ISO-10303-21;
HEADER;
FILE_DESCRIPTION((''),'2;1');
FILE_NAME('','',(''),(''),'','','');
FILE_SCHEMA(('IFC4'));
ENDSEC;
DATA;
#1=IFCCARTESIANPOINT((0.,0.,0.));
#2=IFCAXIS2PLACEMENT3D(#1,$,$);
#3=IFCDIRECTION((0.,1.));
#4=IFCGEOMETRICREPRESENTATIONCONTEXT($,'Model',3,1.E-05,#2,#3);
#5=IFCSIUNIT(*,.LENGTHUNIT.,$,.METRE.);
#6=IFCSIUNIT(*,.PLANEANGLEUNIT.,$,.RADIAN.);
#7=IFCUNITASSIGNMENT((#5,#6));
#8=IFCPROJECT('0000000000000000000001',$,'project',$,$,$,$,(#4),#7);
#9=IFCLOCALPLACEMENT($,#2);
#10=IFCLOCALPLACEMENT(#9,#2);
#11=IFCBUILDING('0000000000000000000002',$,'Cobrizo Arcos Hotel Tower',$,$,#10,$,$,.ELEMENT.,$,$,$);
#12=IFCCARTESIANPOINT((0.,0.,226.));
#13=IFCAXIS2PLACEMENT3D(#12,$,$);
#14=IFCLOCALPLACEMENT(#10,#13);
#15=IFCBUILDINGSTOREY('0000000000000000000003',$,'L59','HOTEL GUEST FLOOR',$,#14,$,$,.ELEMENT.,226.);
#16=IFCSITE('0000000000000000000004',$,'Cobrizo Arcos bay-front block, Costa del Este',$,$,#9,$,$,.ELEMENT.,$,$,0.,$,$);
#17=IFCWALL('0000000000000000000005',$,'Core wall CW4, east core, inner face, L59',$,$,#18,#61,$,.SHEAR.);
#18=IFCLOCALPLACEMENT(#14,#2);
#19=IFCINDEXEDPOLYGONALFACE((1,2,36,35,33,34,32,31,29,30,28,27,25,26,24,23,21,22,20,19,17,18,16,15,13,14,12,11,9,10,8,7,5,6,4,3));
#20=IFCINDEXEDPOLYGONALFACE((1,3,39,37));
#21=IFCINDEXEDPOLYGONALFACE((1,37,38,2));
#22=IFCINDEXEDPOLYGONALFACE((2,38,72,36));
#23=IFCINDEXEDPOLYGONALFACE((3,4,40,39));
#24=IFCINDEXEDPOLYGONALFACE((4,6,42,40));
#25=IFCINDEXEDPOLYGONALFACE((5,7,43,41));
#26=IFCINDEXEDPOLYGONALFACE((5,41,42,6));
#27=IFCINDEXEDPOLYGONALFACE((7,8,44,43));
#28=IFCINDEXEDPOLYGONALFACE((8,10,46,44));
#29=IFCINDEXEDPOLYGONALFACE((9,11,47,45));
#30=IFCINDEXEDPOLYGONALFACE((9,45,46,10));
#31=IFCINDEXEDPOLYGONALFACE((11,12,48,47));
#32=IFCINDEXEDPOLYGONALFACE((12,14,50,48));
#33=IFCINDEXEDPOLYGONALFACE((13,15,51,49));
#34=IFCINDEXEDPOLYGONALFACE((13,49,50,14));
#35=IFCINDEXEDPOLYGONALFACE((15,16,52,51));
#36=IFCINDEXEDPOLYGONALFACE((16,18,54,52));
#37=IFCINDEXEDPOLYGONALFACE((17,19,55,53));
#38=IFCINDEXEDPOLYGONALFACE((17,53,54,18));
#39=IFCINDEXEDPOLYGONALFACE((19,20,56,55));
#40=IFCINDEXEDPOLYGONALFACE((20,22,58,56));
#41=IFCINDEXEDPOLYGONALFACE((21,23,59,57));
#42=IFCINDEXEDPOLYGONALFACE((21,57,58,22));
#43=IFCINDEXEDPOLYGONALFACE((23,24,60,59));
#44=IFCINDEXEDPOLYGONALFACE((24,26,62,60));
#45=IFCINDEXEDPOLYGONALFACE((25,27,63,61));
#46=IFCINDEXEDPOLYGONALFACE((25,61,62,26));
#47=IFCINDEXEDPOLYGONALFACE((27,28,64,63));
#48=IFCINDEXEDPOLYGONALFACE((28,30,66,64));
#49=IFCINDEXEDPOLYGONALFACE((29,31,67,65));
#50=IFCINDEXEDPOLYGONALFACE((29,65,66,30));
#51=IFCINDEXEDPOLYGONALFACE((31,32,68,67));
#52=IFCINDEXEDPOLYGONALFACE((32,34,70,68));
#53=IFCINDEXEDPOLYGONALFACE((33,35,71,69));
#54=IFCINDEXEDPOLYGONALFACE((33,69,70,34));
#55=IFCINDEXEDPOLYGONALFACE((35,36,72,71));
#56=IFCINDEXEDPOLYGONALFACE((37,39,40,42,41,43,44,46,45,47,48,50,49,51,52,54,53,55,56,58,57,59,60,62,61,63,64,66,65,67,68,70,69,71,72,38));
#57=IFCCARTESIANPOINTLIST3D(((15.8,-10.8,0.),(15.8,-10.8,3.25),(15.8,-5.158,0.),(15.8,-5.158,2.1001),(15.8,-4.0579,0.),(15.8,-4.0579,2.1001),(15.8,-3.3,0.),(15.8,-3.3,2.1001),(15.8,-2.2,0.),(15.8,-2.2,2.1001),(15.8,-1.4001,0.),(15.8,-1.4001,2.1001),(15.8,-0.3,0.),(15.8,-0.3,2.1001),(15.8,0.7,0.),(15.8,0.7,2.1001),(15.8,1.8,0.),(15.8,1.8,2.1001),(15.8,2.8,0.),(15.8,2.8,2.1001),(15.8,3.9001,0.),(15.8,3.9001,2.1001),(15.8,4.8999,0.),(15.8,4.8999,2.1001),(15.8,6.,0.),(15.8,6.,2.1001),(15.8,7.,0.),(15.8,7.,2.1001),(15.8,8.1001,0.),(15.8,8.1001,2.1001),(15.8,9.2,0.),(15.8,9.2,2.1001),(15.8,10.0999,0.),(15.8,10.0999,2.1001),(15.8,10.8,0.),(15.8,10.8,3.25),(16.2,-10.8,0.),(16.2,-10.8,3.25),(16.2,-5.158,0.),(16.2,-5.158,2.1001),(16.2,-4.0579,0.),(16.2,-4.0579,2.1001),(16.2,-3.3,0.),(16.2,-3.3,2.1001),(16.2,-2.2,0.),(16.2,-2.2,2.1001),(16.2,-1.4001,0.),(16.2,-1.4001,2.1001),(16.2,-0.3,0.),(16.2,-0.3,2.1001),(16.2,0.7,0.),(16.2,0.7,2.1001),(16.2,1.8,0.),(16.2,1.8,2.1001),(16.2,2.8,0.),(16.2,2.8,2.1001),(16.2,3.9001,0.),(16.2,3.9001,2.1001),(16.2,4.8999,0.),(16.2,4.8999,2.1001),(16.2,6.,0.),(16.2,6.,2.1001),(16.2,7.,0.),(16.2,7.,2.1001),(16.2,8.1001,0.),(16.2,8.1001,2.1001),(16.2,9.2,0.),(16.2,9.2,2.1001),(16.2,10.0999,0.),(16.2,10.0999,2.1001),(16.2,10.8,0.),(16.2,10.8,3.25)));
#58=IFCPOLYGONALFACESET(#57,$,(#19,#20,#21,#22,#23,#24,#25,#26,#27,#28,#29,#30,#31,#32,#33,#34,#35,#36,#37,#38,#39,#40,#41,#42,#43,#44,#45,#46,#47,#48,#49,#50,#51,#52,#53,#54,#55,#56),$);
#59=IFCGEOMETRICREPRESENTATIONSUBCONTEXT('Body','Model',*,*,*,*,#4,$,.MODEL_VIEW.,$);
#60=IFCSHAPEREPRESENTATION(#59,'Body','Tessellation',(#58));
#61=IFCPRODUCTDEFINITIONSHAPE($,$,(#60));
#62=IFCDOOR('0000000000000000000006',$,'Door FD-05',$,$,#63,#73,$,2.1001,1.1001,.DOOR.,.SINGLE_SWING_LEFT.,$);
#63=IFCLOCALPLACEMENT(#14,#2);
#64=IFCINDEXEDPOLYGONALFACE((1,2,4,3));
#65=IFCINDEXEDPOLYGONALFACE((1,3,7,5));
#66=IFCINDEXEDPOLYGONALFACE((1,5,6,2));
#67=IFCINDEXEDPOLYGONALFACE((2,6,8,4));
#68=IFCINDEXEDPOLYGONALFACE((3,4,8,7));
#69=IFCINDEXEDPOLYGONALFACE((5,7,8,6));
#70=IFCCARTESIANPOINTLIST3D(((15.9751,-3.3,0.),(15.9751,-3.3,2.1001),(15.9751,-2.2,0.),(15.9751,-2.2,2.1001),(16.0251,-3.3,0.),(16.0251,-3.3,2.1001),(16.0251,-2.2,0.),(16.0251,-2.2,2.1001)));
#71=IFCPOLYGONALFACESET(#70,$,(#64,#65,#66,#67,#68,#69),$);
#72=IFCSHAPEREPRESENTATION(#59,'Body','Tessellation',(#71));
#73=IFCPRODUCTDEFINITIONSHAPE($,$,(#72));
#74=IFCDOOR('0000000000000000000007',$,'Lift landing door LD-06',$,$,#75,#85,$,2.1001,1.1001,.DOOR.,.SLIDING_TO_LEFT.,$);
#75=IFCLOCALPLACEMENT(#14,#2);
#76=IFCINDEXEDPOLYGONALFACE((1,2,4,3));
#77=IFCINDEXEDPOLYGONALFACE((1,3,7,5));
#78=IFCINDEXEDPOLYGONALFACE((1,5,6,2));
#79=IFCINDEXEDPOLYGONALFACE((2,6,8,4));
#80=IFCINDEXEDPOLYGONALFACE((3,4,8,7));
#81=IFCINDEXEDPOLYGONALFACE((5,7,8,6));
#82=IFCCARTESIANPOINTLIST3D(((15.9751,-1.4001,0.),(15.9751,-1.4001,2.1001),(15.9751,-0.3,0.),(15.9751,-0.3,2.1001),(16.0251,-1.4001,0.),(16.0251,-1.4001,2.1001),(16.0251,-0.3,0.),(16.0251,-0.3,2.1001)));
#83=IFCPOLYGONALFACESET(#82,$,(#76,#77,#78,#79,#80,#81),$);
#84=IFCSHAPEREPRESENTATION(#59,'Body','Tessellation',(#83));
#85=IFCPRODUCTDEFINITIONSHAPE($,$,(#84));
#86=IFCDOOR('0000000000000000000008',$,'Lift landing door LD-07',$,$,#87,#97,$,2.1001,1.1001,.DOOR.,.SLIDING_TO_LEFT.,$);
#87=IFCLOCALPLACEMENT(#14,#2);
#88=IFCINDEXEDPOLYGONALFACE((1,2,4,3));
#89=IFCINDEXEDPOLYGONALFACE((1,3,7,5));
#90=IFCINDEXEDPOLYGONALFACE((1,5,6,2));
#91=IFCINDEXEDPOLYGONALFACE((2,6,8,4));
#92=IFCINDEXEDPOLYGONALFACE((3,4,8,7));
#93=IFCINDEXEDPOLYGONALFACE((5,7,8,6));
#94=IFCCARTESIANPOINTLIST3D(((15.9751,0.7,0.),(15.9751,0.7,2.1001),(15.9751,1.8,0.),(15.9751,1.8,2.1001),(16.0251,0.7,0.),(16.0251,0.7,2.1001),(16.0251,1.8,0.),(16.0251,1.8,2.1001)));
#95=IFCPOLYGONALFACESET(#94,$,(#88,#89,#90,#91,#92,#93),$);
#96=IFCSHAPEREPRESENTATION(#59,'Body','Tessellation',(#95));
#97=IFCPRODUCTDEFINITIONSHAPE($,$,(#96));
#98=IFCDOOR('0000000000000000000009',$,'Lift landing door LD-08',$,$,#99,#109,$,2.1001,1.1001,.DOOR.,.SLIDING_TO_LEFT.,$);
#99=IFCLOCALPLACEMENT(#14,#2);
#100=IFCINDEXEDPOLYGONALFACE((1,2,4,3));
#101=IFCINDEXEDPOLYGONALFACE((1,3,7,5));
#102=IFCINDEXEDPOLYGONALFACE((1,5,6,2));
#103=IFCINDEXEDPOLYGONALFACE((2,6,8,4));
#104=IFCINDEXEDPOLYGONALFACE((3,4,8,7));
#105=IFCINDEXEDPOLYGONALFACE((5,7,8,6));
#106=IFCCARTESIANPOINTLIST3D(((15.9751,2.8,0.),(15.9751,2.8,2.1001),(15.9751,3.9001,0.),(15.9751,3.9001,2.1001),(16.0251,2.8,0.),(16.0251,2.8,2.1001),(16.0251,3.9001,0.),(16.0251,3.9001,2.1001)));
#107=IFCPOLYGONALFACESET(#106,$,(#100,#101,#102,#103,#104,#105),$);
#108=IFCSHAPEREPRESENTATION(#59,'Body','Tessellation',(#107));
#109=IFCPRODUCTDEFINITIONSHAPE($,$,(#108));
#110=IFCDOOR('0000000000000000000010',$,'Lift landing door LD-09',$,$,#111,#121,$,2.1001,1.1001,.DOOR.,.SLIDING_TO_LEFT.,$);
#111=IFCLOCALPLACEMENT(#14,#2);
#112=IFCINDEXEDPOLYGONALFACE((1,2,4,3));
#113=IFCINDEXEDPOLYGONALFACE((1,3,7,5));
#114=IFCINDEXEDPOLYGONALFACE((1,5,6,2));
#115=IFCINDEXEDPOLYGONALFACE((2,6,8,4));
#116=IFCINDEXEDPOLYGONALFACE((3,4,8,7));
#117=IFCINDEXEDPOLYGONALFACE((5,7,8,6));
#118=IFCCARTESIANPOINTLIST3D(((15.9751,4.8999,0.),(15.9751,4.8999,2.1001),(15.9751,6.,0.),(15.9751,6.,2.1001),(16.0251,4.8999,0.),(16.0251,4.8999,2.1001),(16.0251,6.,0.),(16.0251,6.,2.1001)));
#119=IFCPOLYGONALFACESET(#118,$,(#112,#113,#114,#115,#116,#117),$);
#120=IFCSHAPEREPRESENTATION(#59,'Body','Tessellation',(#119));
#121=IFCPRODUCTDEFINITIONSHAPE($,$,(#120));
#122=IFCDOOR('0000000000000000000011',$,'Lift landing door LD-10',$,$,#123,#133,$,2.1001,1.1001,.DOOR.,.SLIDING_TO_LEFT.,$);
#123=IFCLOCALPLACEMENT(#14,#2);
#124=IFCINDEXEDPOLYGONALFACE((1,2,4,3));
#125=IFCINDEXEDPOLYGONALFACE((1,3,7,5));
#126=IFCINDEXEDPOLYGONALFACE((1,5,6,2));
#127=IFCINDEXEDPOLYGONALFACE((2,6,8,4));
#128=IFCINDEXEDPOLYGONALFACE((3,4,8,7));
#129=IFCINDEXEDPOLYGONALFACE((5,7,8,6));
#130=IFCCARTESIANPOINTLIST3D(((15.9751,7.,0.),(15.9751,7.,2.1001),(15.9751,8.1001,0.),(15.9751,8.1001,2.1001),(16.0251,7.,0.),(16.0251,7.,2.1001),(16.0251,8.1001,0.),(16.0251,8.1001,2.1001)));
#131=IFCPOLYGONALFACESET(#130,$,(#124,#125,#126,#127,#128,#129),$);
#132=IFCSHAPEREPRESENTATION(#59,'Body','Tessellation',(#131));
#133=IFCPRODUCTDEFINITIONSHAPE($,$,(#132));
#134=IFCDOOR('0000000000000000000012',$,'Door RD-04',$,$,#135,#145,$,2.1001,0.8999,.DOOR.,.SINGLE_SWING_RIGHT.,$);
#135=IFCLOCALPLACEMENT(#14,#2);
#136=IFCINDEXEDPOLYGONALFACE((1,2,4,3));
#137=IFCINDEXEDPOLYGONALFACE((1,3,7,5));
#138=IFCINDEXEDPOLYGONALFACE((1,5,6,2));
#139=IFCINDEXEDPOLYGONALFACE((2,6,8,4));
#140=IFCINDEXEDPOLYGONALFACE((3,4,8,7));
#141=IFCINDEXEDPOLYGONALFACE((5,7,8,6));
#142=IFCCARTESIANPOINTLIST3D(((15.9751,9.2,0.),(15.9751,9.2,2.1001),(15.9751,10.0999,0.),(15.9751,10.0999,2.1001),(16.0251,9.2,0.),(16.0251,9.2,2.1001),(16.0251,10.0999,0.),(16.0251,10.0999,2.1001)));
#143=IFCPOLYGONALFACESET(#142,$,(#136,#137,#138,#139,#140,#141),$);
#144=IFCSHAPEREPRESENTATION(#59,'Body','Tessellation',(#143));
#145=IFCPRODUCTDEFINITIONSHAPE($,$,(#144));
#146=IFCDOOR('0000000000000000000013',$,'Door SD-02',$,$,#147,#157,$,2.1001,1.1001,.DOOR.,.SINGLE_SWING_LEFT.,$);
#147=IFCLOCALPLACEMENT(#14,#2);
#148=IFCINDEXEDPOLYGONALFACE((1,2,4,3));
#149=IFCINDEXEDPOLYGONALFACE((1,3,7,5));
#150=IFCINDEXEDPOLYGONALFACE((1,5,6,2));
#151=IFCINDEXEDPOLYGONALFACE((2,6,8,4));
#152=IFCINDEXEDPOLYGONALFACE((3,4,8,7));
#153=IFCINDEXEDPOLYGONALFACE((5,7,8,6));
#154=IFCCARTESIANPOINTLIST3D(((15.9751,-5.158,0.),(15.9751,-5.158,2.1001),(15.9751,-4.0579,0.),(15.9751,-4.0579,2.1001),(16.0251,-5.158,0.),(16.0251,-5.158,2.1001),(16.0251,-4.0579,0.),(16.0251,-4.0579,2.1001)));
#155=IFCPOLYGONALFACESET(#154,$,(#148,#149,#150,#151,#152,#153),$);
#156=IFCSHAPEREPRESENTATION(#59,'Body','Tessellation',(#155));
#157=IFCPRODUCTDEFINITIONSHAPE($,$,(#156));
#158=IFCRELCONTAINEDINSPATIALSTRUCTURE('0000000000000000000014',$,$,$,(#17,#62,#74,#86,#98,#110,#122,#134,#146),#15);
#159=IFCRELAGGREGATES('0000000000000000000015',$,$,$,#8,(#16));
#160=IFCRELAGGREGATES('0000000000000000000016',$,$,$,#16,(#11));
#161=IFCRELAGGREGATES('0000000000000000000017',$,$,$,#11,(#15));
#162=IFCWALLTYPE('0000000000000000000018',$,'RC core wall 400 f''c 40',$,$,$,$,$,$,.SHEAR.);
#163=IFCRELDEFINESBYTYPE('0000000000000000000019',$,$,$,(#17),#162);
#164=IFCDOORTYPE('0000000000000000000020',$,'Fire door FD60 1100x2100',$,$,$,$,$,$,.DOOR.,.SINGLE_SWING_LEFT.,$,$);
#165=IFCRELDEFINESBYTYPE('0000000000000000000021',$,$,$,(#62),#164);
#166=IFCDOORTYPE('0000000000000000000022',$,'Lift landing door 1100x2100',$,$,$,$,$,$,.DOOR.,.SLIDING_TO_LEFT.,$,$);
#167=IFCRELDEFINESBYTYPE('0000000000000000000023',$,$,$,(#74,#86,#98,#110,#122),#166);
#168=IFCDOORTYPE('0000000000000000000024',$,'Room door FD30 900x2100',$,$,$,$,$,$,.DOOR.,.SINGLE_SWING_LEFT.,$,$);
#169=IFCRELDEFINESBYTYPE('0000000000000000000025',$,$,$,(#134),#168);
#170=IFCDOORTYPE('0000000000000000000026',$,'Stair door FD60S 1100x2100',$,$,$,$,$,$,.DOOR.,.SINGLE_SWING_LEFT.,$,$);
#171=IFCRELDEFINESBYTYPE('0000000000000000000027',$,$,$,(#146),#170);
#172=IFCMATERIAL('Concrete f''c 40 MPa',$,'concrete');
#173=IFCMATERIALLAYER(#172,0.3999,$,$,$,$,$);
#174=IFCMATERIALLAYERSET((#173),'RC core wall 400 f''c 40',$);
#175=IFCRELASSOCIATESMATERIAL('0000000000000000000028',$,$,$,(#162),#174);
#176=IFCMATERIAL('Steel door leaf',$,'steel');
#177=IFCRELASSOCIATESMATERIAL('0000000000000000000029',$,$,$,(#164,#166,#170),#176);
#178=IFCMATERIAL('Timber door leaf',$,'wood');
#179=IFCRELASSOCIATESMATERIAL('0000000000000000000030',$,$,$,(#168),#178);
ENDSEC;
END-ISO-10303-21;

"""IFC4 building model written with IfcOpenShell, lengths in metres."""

from ifc_helpers import new_model, si_unit, direction, frame, frame_2d, origin, place, context, subcontext, project, spatial, rectangle, extrude, material, layer, layer_set, type_object, element, fill, save


model = new_model("IFC4")

# Units and contexts
model_context = context("Model", 3, precision=1e-05, world=origin(), true_north=direction((0.0, 1.0)))
body_context = subcontext(model_context, "Body", "Model", "MODEL_VIEW")
ifc_project = project(units=[si_unit("LENGTHUNIT", "METRE"), si_unit("PLANEANGLEUNIT", "RADIAN")], contexts=[model_context])

# Site, building, storey
site_placement = place(None, origin())
site = spatial("IfcSite", under=ifc_project, at=site_placement, Name="Cobrizo Arcos bay-front block, Costa del Este", CompositionType="ELEMENT", RefElevation=0.0)
building_placement = place(site_placement, origin())
building = spatial("IfcBuilding", under=site, at=building_placement, Name="Cobrizo Arcos Hotel Tower", CompositionType="ELEMENT")
storey_placement = place(building_placement, frame((0.0, 0.0, 226.0)))
storey = spatial("IfcBuildingStorey", under=building, at=storey_placement, Name="L59", Description="HOTEL GUEST FLOOR", CompositionType="ELEMENT", Elevation=226.0)

# Wall, openings, doors
ifc_material_1 = material(Name="Concrete f'c 40 MPa", Category="concrete")
ifc_layer_1 = layer(ifc_material_1, 0.3999)
ifc_layer_set_1 = layer_set([ifc_layer_1], Name="RC core wall 400 f'c 40")
wall_type_1 = type_object("IfcWallType", Name="RC core wall 400 f'c 40", PredefinedType="SHEAR", material=ifc_layer_set_1)
wall_1_placement = place(storey_placement, frame((16.0, -10.8, 0.0), z_axis=(0.0, 0.0, 1.0), x_axis=(0.0, 1.0, 0.0)))
wall_1 = element("IfcWall", 1, at=wall_1_placement, inside=storey, type_object=wall_type_1, Name="Core wall CW4, east core, inner face, L59", PredefinedType="SHEAR", context=body_context, shape_type="SweptSolid", body=[
    extrude(rectangle(XDim=21.6001, YDim=0.3999, at=frame_2d((10.8, 0.0))), origin(), (0.0, 0.0, 1.0), 3.25),
])
opening_1_placement = place(wall_1_placement, frame((9.3999, 0.0, 0.0)))
opening_1 = element("IfcOpeningElement", 2, at=opening_1_placement, cuts=wall_1, PredefinedType="OPENING", context=body_context, shape_type="SweptSolid", body=[
    extrude(rectangle(XDim=1.1001, YDim=2.1001, at=frame_2d((0.55, 1.05))), frame((0.0, 0.2119, 0.0), z_axis=(0.0, -1.0, 0.0), x_axis=(1.0, 0.0, 0.0)), (0.0, 0.0, 1.0), 0.4238),
])
opening_2_placement = place(wall_1_placement, frame((11.5, 0.0, 0.0)))
opening_2 = element("IfcOpeningElement", 3, at=opening_2_placement, cuts=wall_1, PredefinedType="OPENING", context=body_context, shape_type="SweptSolid", body=[
    extrude(rectangle(XDim=1.1001, YDim=2.1001, at=frame_2d((0.55, 1.05))), frame((0.0, 0.2119, 0.0), z_axis=(0.0, -1.0, 0.0), x_axis=(1.0, 0.0, 0.0)), (0.0, 0.0, 1.0), 0.4238),
])
opening_3_placement = place(wall_1_placement, frame((13.6001, 0.0, 0.0)))
opening_3 = element("IfcOpeningElement", 4, at=opening_3_placement, cuts=wall_1, PredefinedType="OPENING", context=body_context, shape_type="SweptSolid", body=[
    extrude(rectangle(XDim=1.1001, YDim=2.1001, at=frame_2d((0.55, 1.05))), frame((0.0, 0.2119, 0.0), z_axis=(0.0, -1.0, 0.0), x_axis=(1.0, 0.0, 0.0)), (0.0, 0.0, 1.0), 0.4238),
])
opening_4_placement = place(wall_1_placement, frame((15.7, 0.0, 0.0)))
opening_4 = element("IfcOpeningElement", 5, at=opening_4_placement, cuts=wall_1, PredefinedType="OPENING", context=body_context, shape_type="SweptSolid", body=[
    extrude(rectangle(XDim=1.1001, YDim=2.1001, at=frame_2d((0.55, 1.05))), frame((0.0, 0.2119, 0.0), z_axis=(0.0, -1.0, 0.0), x_axis=(1.0, 0.0, 0.0)), (0.0, 0.0, 1.0), 0.4238),
])
opening_5_placement = place(wall_1_placement, frame((17.8, 0.0, 0.0)))
opening_5 = element("IfcOpeningElement", 6, at=opening_5_placement, cuts=wall_1, PredefinedType="OPENING", context=body_context, shape_type="SweptSolid", body=[
    extrude(rectangle(XDim=1.1001, YDim=2.1001, at=frame_2d((0.55, 1.05))), frame((0.0, 0.2119, 0.0), z_axis=(0.0, -1.0, 0.0), x_axis=(1.0, 0.0, 0.0)), (0.0, 0.0, 1.0), 0.4238),
])
opening_6_placement = place(wall_1_placement, frame((5.6421, 0.0, 0.0)))
opening_6 = element("IfcOpeningElement", 7, at=opening_6_placement, cuts=wall_1, PredefinedType="OPENING", context=body_context, shape_type="SweptSolid", body=[
    extrude(rectangle(XDim=1.1001, YDim=2.1001, at=frame_2d((0.55, 1.05))), frame((0.0, 0.2119, 0.0), z_axis=(0.0, -1.0, 0.0), x_axis=(1.0, 0.0, 0.0)), (0.0, 0.0, 1.0), 0.4238),
])
opening_7_placement = place(wall_1_placement, frame((7.5, 0.0, 0.0)))
opening_7 = element("IfcOpeningElement", 8, at=opening_7_placement, cuts=wall_1, PredefinedType="OPENING", context=body_context, shape_type="SweptSolid", body=[
    extrude(rectangle(XDim=1.1001, YDim=2.1001, at=frame_2d((0.55, 1.05))), frame((0.0, 0.2119, 0.0), z_axis=(0.0, -1.0, 0.0), x_axis=(1.0, 0.0, 0.0)), (0.0, 0.0, 1.0), 0.4238),
])
opening_8_placement = place(wall_1_placement, frame((20.0, 0.0, 0.0)))
opening_8 = element("IfcOpeningElement", 9, at=opening_8_placement, cuts=wall_1, PredefinedType="OPENING", context=body_context, shape_type="SweptSolid", body=[
    extrude(rectangle(XDim=0.8999, YDim=2.1001, at=frame_2d((0.45, 1.05))), frame((0.0, 0.2119, 0.0), z_axis=(0.0, -1.0, 0.0), x_axis=(1.0, 0.0, 0.0)), (0.0, 0.0, 1.0), 0.4238),
])
ifc_material_2 = material(Name="Steel door leaf", Category="steel")
door_type_1 = type_object("IfcDoorType", Name="Fire door FD60 1100x2100", OperationType="SINGLE_SWING_LEFT", PredefinedType="DOOR", material=ifc_material_2)
door_1_placement = place(opening_7_placement, origin())
door_1 = element("IfcDoor", 10, at=door_1_placement, inside=storey, type_object=door_type_1, Name="Door FD-05", OperationType="SINGLE_SWING_LEFT", OverallHeight=2.1001, OverallWidth=1.1001, PredefinedType="DOOR", context=body_context, shape_type="SweptSolid", body=[
    extrude(rectangle(XDim=1.1001, YDim=2.1001, at=frame_2d((0.55, 1.05))), frame((0.0, 0.0249, 0.0), z_axis=(0.0, -1.0, 0.0), x_axis=(1.0, 0.0, 0.0)), (0.0, 0.0, 1.0), 0.05),
])
fill(opening_7, door_1)
door_type_2 = type_object("IfcDoorType", Name="Lift landing door 1100x2100", OperationType="SLIDING_TO_LEFT", PredefinedType="DOOR", material=ifc_material_2)
door_2_placement = place(opening_1_placement, origin())
door_2 = element("IfcDoor", 11, at=door_2_placement, inside=storey, type_object=door_type_2, Name="Lift landing door LD-06", OperationType="SLIDING_TO_LEFT", OverallHeight=2.1001, OverallWidth=1.1001, PredefinedType="DOOR", context=body_context, shape_type="SweptSolid", body=[
    extrude(rectangle(XDim=1.1001, YDim=2.1001, at=frame_2d((0.55, 1.05))), frame((0.0, 0.0249, 0.0), z_axis=(0.0, -1.0, 0.0), x_axis=(1.0, 0.0, 0.0)), (0.0, 0.0, 1.0), 0.05),
])
fill(opening_1, door_2)
door_3_placement = place(opening_2_placement, origin())
door_3 = element("IfcDoor", 12, at=door_3_placement, inside=storey, type_object=door_type_2, Name="Lift landing door LD-07", OperationType="SLIDING_TO_LEFT", OverallHeight=2.1001, OverallWidth=1.1001, PredefinedType="DOOR", context=body_context, shape_type="SweptSolid", body=[
    extrude(rectangle(XDim=1.1001, YDim=2.1001, at=frame_2d((0.55, 1.05))), frame((0.0, 0.0249, 0.0), z_axis=(0.0, -1.0, 0.0), x_axis=(1.0, 0.0, 0.0)), (0.0, 0.0, 1.0), 0.05),
])
fill(opening_2, door_3)
door_4_placement = place(opening_3_placement, origin())
door_4 = element("IfcDoor", 13, at=door_4_placement, inside=storey, type_object=door_type_2, Name="Lift landing door LD-08", OperationType="SLIDING_TO_LEFT", OverallHeight=2.1001, OverallWidth=1.1001, PredefinedType="DOOR", context=body_context, shape_type="SweptSolid", body=[
    extrude(rectangle(XDim=1.1001, YDim=2.1001, at=frame_2d((0.55, 1.05))), frame((0.0, 0.0249, 0.0), z_axis=(0.0, -1.0, 0.0), x_axis=(1.0, 0.0, 0.0)), (0.0, 0.0, 1.0), 0.05),
])
fill(opening_3, door_4)
door_5_placement = place(opening_4_placement, origin())
door_5 = element("IfcDoor", 14, at=door_5_placement, inside=storey, type_object=door_type_2, Name="Lift landing door LD-09", OperationType="SLIDING_TO_LEFT", OverallHeight=2.1001, OverallWidth=1.1001, PredefinedType="DOOR", context=body_context, shape_type="SweptSolid", body=[
    extrude(rectangle(XDim=1.1001, YDim=2.1001, at=frame_2d((0.55, 1.05))), frame((0.0, 0.0249, 0.0), z_axis=(0.0, -1.0, 0.0), x_axis=(1.0, 0.0, 0.0)), (0.0, 0.0, 1.0), 0.05),
])
fill(opening_4, door_5)
door_6_placement = place(opening_5_placement, origin())
door_6 = element("IfcDoor", 15, at=door_6_placement, inside=storey, type_object=door_type_2, Name="Lift landing door LD-10", OperationType="SLIDING_TO_LEFT", OverallHeight=2.1001, OverallWidth=1.1001, PredefinedType="DOOR", context=body_context, shape_type="SweptSolid", body=[
    extrude(rectangle(XDim=1.1001, YDim=2.1001, at=frame_2d((0.55, 1.05))), frame((0.0, 0.0249, 0.0), z_axis=(0.0, -1.0, 0.0), x_axis=(1.0, 0.0, 0.0)), (0.0, 0.0, 1.0), 0.05),
])
fill(opening_5, door_6)
ifc_material_3 = material(Name="Timber door leaf", Category="wood")
door_type_3 = type_object("IfcDoorType", Name="Room door FD30 900x2100", OperationType="SINGLE_SWING_LEFT", PredefinedType="DOOR", material=ifc_material_3)
door_7_placement = place(opening_8_placement, origin())
door_7 = element("IfcDoor", 16, at=door_7_placement, inside=storey, type_object=door_type_3, Name="Door RD-04", OperationType="SINGLE_SWING_RIGHT", OverallHeight=2.1001, OverallWidth=0.8999, PredefinedType="DOOR", context=body_context, shape_type="SweptSolid", body=[
    extrude(rectangle(XDim=0.8999, YDim=2.1001, at=frame_2d((0.45, 1.05))), frame((0.0, 0.0249, 0.0), z_axis=(0.0, -1.0, 0.0), x_axis=(1.0, 0.0, 0.0)), (0.0, 0.0, 1.0), 0.05),
])
fill(opening_8, door_7)
door_type_4 = type_object("IfcDoorType", Name="Stair door FD60S 1100x2100", OperationType="SINGLE_SWING_LEFT", PredefinedType="DOOR", material=ifc_material_2)
door_8_placement = place(opening_6_placement, origin())
door_8 = element("IfcDoor", 17, at=door_8_placement, inside=storey, type_object=door_type_4, Name="Door SD-02", OperationType="SINGLE_SWING_LEFT", OverallHeight=2.1001, OverallWidth=1.1001, PredefinedType="DOOR", context=body_context, shape_type="SweptSolid", body=[
    extrude(rectangle(XDim=1.1001, YDim=2.1001, at=frame_2d((0.55, 1.05))), frame((0.0, 0.0249, 0.0), z_axis=(0.0, -1.0, 0.0), x_axis=(1.0, 0.0, 0.0)), (0.0, 0.0, 1.0), 0.05),
])
fill(opening_6, door_8)

save(model, "model.ifc")
